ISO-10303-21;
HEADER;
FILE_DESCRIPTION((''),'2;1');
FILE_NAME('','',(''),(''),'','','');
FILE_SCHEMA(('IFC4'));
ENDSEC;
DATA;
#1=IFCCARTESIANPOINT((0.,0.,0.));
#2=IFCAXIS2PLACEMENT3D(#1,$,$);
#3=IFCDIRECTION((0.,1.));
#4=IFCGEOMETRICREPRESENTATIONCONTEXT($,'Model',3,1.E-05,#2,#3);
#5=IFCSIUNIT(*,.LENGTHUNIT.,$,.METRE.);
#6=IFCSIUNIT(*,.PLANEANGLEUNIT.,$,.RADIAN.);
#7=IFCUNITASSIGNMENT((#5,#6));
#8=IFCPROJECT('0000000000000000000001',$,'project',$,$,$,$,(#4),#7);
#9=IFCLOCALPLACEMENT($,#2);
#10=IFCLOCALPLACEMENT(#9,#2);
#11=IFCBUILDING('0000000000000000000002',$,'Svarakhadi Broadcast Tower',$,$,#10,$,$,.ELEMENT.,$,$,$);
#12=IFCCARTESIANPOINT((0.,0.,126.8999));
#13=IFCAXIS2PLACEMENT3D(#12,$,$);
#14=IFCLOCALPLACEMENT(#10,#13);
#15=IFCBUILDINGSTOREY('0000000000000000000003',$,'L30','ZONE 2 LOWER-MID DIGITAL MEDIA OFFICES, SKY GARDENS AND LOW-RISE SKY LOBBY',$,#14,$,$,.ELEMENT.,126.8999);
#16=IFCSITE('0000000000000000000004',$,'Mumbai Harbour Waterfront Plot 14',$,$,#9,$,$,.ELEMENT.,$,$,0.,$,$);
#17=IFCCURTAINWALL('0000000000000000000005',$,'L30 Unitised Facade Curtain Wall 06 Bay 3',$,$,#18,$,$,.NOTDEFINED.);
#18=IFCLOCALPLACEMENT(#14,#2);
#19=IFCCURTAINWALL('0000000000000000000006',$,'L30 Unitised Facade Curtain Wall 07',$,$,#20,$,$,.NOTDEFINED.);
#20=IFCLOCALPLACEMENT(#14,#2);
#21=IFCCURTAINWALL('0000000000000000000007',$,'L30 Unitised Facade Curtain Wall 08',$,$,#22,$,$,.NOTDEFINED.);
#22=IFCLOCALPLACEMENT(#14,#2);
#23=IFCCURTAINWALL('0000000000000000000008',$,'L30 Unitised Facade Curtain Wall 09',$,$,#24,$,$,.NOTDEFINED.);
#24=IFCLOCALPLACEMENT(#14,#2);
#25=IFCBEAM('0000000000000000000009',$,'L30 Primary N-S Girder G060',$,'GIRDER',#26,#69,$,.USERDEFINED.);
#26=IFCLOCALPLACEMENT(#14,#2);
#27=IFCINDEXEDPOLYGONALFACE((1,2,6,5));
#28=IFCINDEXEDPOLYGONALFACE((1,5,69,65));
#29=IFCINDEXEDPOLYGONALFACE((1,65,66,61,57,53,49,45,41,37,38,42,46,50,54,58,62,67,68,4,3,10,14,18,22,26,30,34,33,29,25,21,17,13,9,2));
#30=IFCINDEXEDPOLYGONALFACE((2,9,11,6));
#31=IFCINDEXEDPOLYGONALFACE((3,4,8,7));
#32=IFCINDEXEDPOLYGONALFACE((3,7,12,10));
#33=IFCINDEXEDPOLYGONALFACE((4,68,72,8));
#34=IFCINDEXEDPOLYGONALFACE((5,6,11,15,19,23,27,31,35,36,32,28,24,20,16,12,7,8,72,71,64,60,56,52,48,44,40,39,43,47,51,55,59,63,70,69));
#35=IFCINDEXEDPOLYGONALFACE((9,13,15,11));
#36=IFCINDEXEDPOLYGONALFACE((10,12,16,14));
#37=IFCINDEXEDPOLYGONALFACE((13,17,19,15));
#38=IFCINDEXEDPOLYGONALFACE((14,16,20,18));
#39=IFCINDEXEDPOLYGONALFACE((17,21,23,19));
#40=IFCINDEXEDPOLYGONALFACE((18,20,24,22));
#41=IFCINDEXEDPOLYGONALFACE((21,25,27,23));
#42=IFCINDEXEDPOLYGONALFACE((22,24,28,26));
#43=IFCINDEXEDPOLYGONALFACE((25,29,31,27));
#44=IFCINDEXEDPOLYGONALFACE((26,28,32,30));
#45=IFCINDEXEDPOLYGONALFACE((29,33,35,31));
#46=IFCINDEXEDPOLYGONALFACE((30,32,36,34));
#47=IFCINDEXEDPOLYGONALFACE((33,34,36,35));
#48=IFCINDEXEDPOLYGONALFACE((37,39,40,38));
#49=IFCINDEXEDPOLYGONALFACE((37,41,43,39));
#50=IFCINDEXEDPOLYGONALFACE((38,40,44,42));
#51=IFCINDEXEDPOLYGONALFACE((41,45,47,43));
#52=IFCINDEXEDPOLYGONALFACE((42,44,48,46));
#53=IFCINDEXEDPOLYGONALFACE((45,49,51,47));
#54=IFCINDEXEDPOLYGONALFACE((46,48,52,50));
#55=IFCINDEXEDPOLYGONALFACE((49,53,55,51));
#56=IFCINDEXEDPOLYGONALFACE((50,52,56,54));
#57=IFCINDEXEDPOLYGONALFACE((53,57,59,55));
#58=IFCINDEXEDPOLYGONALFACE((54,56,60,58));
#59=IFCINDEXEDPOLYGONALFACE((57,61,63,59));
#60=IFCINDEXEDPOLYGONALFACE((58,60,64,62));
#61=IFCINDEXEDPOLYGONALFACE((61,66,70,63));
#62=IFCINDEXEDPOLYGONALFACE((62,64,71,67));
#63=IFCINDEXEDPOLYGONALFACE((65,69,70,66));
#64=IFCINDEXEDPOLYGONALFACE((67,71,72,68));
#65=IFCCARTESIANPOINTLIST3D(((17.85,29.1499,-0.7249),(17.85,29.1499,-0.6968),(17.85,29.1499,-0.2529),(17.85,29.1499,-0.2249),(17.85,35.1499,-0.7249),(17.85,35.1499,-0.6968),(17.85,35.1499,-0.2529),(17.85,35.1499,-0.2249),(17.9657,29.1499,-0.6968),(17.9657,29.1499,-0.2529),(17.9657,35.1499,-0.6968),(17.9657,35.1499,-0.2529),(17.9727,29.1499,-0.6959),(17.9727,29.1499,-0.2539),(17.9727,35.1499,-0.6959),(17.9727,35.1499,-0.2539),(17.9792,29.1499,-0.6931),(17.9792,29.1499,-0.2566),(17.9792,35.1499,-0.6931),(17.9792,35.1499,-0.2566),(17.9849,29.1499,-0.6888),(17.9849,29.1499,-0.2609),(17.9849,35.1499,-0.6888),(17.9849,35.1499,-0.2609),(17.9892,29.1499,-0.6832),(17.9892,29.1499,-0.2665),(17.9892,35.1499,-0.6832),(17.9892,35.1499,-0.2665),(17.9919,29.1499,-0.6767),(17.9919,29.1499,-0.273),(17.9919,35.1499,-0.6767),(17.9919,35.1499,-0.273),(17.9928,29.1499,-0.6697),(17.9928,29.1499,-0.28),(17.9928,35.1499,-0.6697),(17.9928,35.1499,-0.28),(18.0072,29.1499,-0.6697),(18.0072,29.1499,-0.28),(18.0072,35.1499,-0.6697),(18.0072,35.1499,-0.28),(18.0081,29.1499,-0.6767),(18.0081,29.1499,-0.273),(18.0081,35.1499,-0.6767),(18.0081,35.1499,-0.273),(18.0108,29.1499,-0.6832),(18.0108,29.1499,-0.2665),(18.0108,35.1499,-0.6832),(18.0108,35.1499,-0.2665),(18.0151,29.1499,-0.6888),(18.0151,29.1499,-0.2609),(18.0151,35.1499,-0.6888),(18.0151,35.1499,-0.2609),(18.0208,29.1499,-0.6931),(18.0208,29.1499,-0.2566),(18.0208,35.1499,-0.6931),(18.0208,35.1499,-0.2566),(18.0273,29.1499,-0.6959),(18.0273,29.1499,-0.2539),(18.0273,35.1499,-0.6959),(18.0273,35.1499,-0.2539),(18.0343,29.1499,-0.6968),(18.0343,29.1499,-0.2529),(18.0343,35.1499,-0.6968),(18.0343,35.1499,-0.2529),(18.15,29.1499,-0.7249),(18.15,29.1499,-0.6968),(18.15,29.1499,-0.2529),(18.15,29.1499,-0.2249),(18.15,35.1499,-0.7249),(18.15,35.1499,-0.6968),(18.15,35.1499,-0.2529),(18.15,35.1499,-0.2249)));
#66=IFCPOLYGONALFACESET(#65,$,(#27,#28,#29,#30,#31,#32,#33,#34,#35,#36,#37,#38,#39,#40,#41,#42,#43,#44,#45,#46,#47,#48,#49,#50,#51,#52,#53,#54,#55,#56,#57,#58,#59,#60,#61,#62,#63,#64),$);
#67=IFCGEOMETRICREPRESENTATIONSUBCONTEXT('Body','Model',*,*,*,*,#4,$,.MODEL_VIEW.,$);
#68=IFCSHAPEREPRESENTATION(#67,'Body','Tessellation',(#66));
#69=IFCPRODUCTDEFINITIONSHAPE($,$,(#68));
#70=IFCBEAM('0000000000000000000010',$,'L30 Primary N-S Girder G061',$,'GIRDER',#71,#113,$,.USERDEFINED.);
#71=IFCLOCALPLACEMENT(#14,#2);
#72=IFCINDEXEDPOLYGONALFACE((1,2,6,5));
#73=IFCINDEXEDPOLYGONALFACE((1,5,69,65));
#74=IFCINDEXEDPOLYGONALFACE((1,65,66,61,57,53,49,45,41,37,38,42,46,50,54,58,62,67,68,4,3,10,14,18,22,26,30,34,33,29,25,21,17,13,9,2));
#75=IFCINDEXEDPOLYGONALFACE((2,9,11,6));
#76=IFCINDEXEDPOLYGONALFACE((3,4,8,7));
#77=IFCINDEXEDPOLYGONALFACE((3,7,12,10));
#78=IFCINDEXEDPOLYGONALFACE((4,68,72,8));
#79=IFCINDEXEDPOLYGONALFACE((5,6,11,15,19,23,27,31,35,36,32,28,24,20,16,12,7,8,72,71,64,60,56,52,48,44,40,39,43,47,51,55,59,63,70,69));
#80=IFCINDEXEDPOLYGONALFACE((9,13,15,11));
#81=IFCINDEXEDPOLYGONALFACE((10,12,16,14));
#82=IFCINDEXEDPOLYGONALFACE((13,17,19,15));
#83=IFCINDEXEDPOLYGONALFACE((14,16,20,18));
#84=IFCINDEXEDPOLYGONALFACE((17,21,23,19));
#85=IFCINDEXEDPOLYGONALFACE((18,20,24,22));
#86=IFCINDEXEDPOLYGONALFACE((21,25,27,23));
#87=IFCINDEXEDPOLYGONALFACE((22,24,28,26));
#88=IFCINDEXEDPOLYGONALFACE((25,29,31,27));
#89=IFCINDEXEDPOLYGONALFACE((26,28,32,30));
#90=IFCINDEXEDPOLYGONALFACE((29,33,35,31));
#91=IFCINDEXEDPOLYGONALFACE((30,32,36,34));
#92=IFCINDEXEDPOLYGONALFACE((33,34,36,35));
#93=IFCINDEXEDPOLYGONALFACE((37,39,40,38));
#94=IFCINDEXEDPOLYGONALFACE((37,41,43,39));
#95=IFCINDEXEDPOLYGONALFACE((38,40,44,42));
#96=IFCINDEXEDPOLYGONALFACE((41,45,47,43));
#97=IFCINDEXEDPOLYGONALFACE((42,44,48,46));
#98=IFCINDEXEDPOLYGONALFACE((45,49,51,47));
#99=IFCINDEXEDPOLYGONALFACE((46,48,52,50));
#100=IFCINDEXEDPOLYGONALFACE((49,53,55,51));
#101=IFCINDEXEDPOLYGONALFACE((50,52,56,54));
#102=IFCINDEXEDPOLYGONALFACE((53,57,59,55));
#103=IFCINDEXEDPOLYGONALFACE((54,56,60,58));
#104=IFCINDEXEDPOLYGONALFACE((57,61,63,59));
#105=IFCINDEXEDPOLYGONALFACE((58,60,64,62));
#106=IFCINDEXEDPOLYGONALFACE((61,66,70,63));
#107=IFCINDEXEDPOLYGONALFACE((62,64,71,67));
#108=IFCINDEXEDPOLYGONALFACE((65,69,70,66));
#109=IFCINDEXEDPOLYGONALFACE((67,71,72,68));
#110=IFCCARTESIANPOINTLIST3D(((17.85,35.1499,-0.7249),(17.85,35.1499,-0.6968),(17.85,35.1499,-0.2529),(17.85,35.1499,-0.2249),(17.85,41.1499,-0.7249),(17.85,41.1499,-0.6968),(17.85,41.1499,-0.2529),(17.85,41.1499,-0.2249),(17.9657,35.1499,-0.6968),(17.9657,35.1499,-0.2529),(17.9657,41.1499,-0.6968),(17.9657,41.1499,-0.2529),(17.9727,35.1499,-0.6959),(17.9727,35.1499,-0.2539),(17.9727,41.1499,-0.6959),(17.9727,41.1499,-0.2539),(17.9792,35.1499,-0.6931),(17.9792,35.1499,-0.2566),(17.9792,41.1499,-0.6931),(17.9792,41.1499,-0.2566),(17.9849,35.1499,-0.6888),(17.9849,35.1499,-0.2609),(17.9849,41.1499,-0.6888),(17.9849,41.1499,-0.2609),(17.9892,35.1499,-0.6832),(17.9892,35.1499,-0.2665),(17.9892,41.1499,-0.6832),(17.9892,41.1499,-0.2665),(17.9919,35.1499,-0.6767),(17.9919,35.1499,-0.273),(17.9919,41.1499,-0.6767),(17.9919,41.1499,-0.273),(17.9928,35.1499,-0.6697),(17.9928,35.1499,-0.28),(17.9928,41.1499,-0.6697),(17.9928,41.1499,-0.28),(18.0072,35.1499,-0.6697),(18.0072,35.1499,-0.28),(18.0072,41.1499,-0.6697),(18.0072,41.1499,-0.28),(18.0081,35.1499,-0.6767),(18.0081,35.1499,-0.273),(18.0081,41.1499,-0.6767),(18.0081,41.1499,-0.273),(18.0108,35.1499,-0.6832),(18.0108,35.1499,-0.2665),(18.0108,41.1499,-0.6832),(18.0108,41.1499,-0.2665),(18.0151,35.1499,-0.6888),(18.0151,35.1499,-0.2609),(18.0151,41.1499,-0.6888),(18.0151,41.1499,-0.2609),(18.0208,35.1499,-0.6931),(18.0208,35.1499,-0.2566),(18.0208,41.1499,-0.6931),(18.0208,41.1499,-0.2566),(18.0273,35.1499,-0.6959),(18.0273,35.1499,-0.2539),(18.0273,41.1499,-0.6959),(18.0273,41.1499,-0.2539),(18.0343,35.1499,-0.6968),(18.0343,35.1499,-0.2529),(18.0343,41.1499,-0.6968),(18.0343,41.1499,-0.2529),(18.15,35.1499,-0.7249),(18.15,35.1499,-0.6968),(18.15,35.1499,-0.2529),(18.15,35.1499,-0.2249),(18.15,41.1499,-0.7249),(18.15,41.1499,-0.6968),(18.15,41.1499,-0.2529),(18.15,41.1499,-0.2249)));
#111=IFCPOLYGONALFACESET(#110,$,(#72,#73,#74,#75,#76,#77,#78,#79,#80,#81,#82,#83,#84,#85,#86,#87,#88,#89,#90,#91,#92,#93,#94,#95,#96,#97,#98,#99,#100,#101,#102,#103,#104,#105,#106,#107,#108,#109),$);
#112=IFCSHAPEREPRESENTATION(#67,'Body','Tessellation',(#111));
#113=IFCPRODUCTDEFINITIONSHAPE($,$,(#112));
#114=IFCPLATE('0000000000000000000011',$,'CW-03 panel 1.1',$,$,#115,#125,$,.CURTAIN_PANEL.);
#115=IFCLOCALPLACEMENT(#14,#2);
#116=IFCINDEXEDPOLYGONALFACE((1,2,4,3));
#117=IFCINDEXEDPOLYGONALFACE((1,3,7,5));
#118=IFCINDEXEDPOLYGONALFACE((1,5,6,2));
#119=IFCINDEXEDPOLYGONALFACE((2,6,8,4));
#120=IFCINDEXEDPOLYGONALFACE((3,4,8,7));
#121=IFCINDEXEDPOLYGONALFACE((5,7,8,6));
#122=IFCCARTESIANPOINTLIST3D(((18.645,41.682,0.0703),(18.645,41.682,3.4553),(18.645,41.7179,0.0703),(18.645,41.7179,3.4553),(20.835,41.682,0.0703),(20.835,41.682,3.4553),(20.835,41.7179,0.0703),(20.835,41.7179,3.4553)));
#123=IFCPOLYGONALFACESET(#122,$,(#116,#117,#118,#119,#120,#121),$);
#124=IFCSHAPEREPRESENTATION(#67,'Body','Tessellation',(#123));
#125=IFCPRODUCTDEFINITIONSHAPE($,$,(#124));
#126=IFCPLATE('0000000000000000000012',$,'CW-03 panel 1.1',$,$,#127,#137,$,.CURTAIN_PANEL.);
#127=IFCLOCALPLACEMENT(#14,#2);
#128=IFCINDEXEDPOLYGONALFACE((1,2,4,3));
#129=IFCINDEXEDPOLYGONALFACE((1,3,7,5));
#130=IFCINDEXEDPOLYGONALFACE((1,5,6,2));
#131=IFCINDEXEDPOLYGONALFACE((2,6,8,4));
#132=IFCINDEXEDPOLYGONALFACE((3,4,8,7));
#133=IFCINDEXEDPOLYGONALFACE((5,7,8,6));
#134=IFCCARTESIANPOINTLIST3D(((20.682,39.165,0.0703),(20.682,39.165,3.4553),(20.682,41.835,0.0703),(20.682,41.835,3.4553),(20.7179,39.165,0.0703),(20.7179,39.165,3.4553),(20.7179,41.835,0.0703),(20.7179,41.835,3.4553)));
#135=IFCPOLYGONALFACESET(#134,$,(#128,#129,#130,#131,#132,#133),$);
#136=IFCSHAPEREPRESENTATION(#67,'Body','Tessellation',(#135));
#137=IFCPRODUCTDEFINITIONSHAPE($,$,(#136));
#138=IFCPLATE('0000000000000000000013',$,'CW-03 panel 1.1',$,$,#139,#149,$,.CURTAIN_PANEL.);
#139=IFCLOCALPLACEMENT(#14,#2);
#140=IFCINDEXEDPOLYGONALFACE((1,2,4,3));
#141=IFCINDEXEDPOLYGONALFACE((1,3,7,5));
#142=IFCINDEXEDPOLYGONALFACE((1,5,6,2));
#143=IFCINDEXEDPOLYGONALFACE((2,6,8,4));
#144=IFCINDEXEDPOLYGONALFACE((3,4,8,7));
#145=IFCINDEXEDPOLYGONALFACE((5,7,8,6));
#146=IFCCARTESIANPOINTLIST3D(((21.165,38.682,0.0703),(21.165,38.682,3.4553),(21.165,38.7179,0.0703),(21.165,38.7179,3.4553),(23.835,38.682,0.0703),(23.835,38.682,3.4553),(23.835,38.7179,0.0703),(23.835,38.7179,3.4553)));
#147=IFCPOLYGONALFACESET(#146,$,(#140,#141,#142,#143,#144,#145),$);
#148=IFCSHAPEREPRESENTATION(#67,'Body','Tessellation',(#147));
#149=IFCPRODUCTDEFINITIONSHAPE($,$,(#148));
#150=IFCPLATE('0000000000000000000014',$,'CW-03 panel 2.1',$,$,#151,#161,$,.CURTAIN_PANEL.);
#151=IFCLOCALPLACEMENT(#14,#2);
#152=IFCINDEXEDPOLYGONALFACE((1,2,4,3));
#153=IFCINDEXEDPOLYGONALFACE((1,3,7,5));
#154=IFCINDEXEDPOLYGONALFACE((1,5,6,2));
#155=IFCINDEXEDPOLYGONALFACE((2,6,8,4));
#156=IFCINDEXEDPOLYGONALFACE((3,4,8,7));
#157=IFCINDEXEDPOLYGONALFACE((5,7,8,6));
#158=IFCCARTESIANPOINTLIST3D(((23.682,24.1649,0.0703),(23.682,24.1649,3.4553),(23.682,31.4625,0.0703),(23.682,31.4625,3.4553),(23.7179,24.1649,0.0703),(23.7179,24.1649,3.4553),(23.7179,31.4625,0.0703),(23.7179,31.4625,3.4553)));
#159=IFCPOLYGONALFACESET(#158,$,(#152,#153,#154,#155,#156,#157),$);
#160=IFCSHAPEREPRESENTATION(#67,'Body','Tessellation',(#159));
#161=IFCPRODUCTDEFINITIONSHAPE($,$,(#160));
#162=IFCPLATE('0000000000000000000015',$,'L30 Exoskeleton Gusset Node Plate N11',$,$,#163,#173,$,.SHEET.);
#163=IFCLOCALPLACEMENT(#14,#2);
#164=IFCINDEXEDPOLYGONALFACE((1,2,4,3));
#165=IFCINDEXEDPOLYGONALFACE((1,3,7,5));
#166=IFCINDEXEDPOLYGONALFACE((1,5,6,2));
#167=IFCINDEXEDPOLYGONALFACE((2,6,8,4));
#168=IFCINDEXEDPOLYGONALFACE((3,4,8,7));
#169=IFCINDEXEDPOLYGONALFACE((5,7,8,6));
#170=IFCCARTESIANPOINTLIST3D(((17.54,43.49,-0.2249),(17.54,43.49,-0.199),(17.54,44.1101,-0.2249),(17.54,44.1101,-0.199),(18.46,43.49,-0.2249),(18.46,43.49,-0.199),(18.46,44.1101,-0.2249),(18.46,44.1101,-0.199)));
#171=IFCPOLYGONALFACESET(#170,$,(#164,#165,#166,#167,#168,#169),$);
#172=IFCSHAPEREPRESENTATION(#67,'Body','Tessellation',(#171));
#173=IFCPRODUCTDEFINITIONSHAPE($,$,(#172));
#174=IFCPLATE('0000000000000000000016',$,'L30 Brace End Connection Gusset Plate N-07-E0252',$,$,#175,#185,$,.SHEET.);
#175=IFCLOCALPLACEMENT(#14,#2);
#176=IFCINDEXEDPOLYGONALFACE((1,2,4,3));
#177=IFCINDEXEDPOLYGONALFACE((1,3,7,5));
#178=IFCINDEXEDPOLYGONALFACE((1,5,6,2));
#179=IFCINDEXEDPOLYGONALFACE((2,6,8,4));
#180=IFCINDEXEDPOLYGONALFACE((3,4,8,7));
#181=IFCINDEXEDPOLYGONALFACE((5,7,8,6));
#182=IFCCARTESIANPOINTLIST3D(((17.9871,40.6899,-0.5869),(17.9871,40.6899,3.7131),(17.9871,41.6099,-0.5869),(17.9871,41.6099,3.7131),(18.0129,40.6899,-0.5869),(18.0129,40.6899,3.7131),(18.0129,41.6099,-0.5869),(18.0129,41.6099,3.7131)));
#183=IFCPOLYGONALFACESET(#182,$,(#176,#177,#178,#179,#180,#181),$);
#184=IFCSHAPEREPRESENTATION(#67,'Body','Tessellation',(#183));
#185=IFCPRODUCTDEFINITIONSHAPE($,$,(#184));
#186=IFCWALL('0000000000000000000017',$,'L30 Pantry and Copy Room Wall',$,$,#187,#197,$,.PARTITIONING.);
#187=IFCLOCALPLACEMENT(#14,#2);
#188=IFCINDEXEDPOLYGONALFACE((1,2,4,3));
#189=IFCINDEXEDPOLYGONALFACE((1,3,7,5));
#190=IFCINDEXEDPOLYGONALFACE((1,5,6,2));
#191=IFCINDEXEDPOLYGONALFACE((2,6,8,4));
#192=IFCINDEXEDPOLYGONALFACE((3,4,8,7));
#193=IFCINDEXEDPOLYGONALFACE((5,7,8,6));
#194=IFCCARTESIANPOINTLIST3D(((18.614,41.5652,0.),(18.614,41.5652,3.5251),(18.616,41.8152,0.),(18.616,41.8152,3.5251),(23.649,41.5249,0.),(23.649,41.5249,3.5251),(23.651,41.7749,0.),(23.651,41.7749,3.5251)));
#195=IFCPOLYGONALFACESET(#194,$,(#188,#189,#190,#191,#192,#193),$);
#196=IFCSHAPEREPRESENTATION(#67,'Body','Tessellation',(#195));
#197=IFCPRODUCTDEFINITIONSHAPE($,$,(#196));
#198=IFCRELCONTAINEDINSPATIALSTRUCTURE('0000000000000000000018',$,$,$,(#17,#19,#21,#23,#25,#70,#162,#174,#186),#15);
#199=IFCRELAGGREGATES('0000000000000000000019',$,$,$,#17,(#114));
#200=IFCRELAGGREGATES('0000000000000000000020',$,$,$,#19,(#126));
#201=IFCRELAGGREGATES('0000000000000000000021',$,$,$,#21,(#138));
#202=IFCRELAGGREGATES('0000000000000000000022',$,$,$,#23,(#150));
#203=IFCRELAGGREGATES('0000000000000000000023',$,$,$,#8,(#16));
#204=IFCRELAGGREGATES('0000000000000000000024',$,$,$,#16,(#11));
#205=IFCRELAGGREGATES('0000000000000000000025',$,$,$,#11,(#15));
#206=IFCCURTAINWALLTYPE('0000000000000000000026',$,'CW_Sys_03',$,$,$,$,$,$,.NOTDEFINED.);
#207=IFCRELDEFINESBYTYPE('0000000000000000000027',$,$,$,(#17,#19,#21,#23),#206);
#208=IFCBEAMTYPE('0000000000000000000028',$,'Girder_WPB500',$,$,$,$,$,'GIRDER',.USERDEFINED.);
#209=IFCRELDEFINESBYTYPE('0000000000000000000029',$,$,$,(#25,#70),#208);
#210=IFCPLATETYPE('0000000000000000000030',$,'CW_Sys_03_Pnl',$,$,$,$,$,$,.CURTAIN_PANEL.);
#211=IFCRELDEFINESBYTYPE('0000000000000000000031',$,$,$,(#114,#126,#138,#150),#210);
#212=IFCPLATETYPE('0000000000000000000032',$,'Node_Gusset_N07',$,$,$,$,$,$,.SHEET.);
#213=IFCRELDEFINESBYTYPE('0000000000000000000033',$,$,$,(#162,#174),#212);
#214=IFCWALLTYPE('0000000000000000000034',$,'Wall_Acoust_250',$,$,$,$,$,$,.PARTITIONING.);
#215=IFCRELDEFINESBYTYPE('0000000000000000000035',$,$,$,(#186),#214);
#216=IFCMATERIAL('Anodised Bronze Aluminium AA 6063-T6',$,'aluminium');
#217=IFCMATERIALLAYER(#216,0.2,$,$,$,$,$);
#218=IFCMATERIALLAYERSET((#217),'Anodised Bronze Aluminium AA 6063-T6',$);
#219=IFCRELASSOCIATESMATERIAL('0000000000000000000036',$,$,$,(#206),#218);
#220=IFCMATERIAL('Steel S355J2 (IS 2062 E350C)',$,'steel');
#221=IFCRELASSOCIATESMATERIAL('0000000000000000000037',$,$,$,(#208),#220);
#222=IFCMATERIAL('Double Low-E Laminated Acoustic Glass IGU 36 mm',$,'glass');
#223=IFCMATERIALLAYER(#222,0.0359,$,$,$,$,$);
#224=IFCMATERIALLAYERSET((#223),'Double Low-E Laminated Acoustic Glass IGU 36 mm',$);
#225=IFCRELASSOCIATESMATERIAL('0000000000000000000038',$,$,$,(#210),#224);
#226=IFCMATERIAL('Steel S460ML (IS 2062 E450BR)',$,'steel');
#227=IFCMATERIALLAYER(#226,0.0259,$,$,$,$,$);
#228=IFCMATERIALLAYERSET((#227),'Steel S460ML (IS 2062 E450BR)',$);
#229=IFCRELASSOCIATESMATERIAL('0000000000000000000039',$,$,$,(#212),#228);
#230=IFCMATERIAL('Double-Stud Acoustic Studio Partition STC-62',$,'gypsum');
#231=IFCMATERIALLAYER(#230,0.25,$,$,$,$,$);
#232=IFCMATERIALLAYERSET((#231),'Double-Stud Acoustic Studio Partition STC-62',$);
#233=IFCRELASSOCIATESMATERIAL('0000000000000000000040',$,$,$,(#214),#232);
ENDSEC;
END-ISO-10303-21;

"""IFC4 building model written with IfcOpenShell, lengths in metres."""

from ifc_helpers import new_model, si_unit, direction, frame, frame_2d, origin, origin_2d, place, context, subcontext, project, spatial, rectangle, i_section, extrude, material, layer, layer_set, material_profile, profile_set, type_object, element, aggregate, save


model = new_model("IFC4")

# Units and contexts
model_context = context("Model", 3, precision=1e-05, world=origin(), true_north=direction((0.0, 1.0)))
body_context = subcontext(model_context, "Body", "Model", "MODEL_VIEW")
ifc_project = project(units=[si_unit("LENGTHUNIT", "METRE"), si_unit("PLANEANGLEUNIT", "RADIAN")], contexts=[model_context])

# Site, building, storey
site_placement = place(None, origin())
site = spatial("IfcSite", under=ifc_project, at=site_placement, Name="Mumbai Harbour Waterfront Plot 14", CompositionType="ELEMENT", RefElevation=0.0)
building_placement = place(site_placement, origin())
building = spatial("IfcBuilding", under=site, at=building_placement, Name="Svarakhadi Broadcast Tower", CompositionType="ELEMENT")
storey_placement = place(building_placement, frame((0.0, 0.0, 126.8999)))
storey = spatial("IfcBuildingStorey", under=building, at=storey_placement, Name="L30", Description="ZONE 2 LOWER-MID DIGITAL MEDIA OFFICES, SKY GARDENS AND LOW-RISE SKY LOBBY", CompositionType="ELEMENT", Elevation=126.8999)

# Curtain walls
ifc_material_1 = material(Name="Anodised Bronze Aluminium AA 6063-T6", Category="aluminium")
ifc_layer_1 = layer(ifc_material_1, 0.2)
ifc_layer_set_1 = layer_set([ifc_layer_1], Name="Anodised Bronze Aluminium AA 6063-T6")
curtain_wall_type = type_object("IfcCurtainWallType", Name="CW_Sys_03", PredefinedType="NOTDEFINED", material=ifc_layer_set_1)
curtain_wall_1_placement = place(storey_placement, origin())
curtain_wall_1 = element("IfcCurtainWall", 1, at=curtain_wall_1_placement, inside=storey, type_object=curtain_wall_type, Name="L30 Unitised Facade Curtain Wall 06 Bay 3", PredefinedType="NOTDEFINED")
curtain_wall_2_placement = place(storey_placement, origin())
curtain_wall_2 = element("IfcCurtainWall", 2, at=curtain_wall_2_placement, inside=storey, type_object=curtain_wall_type, Name="L30 Unitised Facade Curtain Wall 07", PredefinedType="NOTDEFINED")

# Curtain walls
curtain_wall_3_placement = place(storey_placement, origin())
curtain_wall_3 = element("IfcCurtainWall", 3, at=curtain_wall_3_placement, inside=storey, type_object=curtain_wall_type, Name="L30 Unitised Facade Curtain Wall 08", PredefinedType="NOTDEFINED")
curtain_wall_4_placement = place(storey_placement, origin())
curtain_wall_4 = element("IfcCurtainWall", 4, at=curtain_wall_4_placement, inside=storey, type_object=curtain_wall_type, Name="L30 Unitised Facade Curtain Wall 09", PredefinedType="NOTDEFINED")

# Shared definitions
ifc_material_2 = material(Name="Steel S460ML (IS 2062 E450BR)", Category="steel")

# Beams
ifc_material_3 = material(Name="Steel S355J2 (IS 2062 E350C)", Category="steel")
ifc_material_profile_1 = material_profile(ifc_material_3, i_section(OverallWidth=0.3, OverallDepth=0.5, WebThickness=0.0144, FlangeThickness=0.0281, FilletRadius=0.0271, at=origin_2d()), Name="WPB 500x300x187")
ifc_profile_set_1 = profile_set([ifc_material_profile_1], Name="Steel S355J2 (IS 2062 E350C)")
beam_type = type_object("IfcBeamType", Name="Girder_WPB500", ElementType="GIRDER", PredefinedType="USERDEFINED", material=ifc_profile_set_1)
for number, where, z_axis, x_axis, name in (
    (5, (18.0, 29.1499, -0.4749), (0.0, 1.0, 0.0), (-1.0, 0.0, 0.0), "L30 Primary N-S Girder G060"),
    (6, (18.0, 35.1499, -0.4749), (0.0, 1.0, 0.0), (-1.0, 0.0, 0.0), "L30 Primary N-S Girder G061"),
):
    element("IfcBeam", number, at=place(storey_placement, frame(where, z_axis=z_axis, x_axis=x_axis)), inside=storey, type_object=beam_type, Name=name, ObjectType="GIRDER", PredefinedType="USERDEFINED", context=body_context, shape_type="SweptSolid", body=[
        extrude(i_section(OverallWidth=0.3, OverallDepth=0.5, WebThickness=0.0144, FlangeThickness=0.0281, FilletRadius=0.0271, at=origin_2d()), origin(), (0.0, 0.0, 1.0), 6.0),
    ])

# Plates
ifc_material_4 = material(Name="Double Low-E Laminated Acoustic Glass IGU 36 mm", Category="glass")
ifc_layer_2 = layer(ifc_material_4, 0.0359)
ifc_layer_set_2 = layer_set([ifc_layer_2], Name="Double Low-E Laminated Acoustic Glass IGU 36 mm")
plate_type_1 = type_object("IfcPlateType", Name="CW_Sys_03_Pnl", PredefinedType="CURTAIN_PANEL", material=ifc_layer_set_2)
plate_1_placement = place(storey_placement, frame((19.74, 41.7, 0.0703), z_axis=(0.0, 0.0, 1.0), x_axis=(1.0, 0.0, 0.0)))
plate_1 = element("IfcPlate", 7, at=plate_1_placement, type_object=plate_type_1, Name="CW-03 panel 1.1", PredefinedType="CURTAIN_PANEL", context=body_context, shape_type="SweptSolid", body=[
    extrude(rectangle(XDim=2.1899, YDim=0.0359, at=origin_2d()), origin(), (0.0, 0.0, 1.0), 3.385),
])
aggregate(curtain_wall_1, [plate_1])
plate_2_placement = place(storey_placement, frame((20.7, 40.5, 0.0703), z_axis=(0.0, 0.0, 1.0), x_axis=(0.0, -1.0, 0.0)))
plate_2 = element("IfcPlate", 8, at=plate_2_placement, type_object=plate_type_1, Name="CW-03 panel 1.1", PredefinedType="CURTAIN_PANEL", context=body_context, shape_type="SweptSolid", body=[
    extrude(rectangle(XDim=2.6699, YDim=0.0359, at=origin_2d()), origin(), (0.0, 0.0, 1.0), 3.385),
])
aggregate(curtain_wall_2, [plate_2])
plate_3_placement = place(storey_placement, frame((22.5, 38.7, 0.0703), z_axis=(0.0, 0.0, 1.0), x_axis=(1.0, 0.0, 0.0)))
plate_3 = element("IfcPlate", 9, at=plate_3_placement, type_object=plate_type_1, Name="CW-03 panel 1.1", PredefinedType="CURTAIN_PANEL", context=body_context, shape_type="SweptSolid", body=[
    extrude(rectangle(XDim=2.6699, YDim=0.0359, at=origin_2d()), origin(), (0.0, 0.0, 1.0), 3.385),
])
aggregate(curtain_wall_3, [plate_3])
plate_4_placement = place(storey_placement, frame((23.7, 27.8137, 0.0703), z_axis=(0.0, 0.0, 1.0), x_axis=(0.0, -1.0, 0.0)))
plate_4 = element("IfcPlate", 10, at=plate_4_placement, type_object=plate_type_1, Name="CW-03 panel 2.1", PredefinedType="CURTAIN_PANEL", context=body_context, shape_type="SweptSolid", body=[
    extrude(rectangle(XDim=7.2976, YDim=0.0359, at=origin_2d()), origin(), (0.0, 0.0, 1.0), 3.385),
])
aggregate(curtain_wall_4, [plate_4])

# Plates
ifc_layer_3 = layer(ifc_material_2, 0.0259)
ifc_layer_set_3 = layer_set([ifc_layer_3], Name="Steel S460ML (IS 2062 E450BR)")
plate_type_2 = type_object("IfcPlateType", Name="Node_Gusset_N07", PredefinedType="SHEET", material=ifc_layer_set_3)
plate_5_placement = place(storey_placement, frame((18.0, 43.8, -0.2249), z_axis=(0.0, 0.0, 1.0), x_axis=(1.0, 0.0, 0.0)))
element("IfcPlate", 11, at=plate_5_placement, inside=storey, type_object=plate_type_2, Name="L30 Exoskeleton Gusset Node Plate N11", PredefinedType="SHEET", context=body_context, shape_type="SweptSolid", body=[
    extrude(rectangle(XDim=0.9199, YDim=0.6201, at=origin_2d()), origin(), (0.0, 0.0, 1.0), 0.0259),
])
plate_6_placement = place(storey_placement, frame((18.0, 41.1499, -0.5869), z_axis=(0.0, 0.0, 1.0), x_axis=(0.0, 1.0, 0.0)))
element("IfcPlate", 12, at=plate_6_placement, inside=storey, type_object=plate_type_2, Name="L30 Brace End Connection Gusset Plate N-07-E0252", PredefinedType="SHEET", context=body_context, shape_type="SweptSolid", body=[
    extrude(rectangle(XDim=0.9199, YDim=0.0259, at=origin_2d()), origin(), (0.0, 0.0, 1.0), 4.3),
])

# Wall
ifc_material_5 = material(Name="Double-Stud Acoustic Studio Partition STC-62", Category="gypsum")
ifc_layer_4 = layer(ifc_material_5, 0.25)
ifc_layer_set_4 = layer_set([ifc_layer_4], Name="Double-Stud Acoustic Studio Partition STC-62")
wall_type_1 = type_object("IfcWallType", Name="Wall_Acoust_250", PredefinedType="PARTITIONING", material=ifc_layer_set_4)
wall_1_placement = place(storey_placement, frame((18.615, 41.6902, 0.0), z_axis=(0.0, 0.0, 1.0), x_axis=(0.999968, -0.008001, 0.0)))
element("IfcWall", 13, at=wall_1_placement, inside=storey, type_object=wall_type_1, Name="L30 Pantry and Copy Room Wall", PredefinedType="PARTITIONING", context=body_context, shape_type="SweptSolid", body=[
    extrude(rectangle(XDim=5.0352, YDim=0.25, at=frame_2d((2.5176, 0.0))), origin(), (0.0, 0.0, 1.0), 3.5251),
])

save(model, "model.ifc")
